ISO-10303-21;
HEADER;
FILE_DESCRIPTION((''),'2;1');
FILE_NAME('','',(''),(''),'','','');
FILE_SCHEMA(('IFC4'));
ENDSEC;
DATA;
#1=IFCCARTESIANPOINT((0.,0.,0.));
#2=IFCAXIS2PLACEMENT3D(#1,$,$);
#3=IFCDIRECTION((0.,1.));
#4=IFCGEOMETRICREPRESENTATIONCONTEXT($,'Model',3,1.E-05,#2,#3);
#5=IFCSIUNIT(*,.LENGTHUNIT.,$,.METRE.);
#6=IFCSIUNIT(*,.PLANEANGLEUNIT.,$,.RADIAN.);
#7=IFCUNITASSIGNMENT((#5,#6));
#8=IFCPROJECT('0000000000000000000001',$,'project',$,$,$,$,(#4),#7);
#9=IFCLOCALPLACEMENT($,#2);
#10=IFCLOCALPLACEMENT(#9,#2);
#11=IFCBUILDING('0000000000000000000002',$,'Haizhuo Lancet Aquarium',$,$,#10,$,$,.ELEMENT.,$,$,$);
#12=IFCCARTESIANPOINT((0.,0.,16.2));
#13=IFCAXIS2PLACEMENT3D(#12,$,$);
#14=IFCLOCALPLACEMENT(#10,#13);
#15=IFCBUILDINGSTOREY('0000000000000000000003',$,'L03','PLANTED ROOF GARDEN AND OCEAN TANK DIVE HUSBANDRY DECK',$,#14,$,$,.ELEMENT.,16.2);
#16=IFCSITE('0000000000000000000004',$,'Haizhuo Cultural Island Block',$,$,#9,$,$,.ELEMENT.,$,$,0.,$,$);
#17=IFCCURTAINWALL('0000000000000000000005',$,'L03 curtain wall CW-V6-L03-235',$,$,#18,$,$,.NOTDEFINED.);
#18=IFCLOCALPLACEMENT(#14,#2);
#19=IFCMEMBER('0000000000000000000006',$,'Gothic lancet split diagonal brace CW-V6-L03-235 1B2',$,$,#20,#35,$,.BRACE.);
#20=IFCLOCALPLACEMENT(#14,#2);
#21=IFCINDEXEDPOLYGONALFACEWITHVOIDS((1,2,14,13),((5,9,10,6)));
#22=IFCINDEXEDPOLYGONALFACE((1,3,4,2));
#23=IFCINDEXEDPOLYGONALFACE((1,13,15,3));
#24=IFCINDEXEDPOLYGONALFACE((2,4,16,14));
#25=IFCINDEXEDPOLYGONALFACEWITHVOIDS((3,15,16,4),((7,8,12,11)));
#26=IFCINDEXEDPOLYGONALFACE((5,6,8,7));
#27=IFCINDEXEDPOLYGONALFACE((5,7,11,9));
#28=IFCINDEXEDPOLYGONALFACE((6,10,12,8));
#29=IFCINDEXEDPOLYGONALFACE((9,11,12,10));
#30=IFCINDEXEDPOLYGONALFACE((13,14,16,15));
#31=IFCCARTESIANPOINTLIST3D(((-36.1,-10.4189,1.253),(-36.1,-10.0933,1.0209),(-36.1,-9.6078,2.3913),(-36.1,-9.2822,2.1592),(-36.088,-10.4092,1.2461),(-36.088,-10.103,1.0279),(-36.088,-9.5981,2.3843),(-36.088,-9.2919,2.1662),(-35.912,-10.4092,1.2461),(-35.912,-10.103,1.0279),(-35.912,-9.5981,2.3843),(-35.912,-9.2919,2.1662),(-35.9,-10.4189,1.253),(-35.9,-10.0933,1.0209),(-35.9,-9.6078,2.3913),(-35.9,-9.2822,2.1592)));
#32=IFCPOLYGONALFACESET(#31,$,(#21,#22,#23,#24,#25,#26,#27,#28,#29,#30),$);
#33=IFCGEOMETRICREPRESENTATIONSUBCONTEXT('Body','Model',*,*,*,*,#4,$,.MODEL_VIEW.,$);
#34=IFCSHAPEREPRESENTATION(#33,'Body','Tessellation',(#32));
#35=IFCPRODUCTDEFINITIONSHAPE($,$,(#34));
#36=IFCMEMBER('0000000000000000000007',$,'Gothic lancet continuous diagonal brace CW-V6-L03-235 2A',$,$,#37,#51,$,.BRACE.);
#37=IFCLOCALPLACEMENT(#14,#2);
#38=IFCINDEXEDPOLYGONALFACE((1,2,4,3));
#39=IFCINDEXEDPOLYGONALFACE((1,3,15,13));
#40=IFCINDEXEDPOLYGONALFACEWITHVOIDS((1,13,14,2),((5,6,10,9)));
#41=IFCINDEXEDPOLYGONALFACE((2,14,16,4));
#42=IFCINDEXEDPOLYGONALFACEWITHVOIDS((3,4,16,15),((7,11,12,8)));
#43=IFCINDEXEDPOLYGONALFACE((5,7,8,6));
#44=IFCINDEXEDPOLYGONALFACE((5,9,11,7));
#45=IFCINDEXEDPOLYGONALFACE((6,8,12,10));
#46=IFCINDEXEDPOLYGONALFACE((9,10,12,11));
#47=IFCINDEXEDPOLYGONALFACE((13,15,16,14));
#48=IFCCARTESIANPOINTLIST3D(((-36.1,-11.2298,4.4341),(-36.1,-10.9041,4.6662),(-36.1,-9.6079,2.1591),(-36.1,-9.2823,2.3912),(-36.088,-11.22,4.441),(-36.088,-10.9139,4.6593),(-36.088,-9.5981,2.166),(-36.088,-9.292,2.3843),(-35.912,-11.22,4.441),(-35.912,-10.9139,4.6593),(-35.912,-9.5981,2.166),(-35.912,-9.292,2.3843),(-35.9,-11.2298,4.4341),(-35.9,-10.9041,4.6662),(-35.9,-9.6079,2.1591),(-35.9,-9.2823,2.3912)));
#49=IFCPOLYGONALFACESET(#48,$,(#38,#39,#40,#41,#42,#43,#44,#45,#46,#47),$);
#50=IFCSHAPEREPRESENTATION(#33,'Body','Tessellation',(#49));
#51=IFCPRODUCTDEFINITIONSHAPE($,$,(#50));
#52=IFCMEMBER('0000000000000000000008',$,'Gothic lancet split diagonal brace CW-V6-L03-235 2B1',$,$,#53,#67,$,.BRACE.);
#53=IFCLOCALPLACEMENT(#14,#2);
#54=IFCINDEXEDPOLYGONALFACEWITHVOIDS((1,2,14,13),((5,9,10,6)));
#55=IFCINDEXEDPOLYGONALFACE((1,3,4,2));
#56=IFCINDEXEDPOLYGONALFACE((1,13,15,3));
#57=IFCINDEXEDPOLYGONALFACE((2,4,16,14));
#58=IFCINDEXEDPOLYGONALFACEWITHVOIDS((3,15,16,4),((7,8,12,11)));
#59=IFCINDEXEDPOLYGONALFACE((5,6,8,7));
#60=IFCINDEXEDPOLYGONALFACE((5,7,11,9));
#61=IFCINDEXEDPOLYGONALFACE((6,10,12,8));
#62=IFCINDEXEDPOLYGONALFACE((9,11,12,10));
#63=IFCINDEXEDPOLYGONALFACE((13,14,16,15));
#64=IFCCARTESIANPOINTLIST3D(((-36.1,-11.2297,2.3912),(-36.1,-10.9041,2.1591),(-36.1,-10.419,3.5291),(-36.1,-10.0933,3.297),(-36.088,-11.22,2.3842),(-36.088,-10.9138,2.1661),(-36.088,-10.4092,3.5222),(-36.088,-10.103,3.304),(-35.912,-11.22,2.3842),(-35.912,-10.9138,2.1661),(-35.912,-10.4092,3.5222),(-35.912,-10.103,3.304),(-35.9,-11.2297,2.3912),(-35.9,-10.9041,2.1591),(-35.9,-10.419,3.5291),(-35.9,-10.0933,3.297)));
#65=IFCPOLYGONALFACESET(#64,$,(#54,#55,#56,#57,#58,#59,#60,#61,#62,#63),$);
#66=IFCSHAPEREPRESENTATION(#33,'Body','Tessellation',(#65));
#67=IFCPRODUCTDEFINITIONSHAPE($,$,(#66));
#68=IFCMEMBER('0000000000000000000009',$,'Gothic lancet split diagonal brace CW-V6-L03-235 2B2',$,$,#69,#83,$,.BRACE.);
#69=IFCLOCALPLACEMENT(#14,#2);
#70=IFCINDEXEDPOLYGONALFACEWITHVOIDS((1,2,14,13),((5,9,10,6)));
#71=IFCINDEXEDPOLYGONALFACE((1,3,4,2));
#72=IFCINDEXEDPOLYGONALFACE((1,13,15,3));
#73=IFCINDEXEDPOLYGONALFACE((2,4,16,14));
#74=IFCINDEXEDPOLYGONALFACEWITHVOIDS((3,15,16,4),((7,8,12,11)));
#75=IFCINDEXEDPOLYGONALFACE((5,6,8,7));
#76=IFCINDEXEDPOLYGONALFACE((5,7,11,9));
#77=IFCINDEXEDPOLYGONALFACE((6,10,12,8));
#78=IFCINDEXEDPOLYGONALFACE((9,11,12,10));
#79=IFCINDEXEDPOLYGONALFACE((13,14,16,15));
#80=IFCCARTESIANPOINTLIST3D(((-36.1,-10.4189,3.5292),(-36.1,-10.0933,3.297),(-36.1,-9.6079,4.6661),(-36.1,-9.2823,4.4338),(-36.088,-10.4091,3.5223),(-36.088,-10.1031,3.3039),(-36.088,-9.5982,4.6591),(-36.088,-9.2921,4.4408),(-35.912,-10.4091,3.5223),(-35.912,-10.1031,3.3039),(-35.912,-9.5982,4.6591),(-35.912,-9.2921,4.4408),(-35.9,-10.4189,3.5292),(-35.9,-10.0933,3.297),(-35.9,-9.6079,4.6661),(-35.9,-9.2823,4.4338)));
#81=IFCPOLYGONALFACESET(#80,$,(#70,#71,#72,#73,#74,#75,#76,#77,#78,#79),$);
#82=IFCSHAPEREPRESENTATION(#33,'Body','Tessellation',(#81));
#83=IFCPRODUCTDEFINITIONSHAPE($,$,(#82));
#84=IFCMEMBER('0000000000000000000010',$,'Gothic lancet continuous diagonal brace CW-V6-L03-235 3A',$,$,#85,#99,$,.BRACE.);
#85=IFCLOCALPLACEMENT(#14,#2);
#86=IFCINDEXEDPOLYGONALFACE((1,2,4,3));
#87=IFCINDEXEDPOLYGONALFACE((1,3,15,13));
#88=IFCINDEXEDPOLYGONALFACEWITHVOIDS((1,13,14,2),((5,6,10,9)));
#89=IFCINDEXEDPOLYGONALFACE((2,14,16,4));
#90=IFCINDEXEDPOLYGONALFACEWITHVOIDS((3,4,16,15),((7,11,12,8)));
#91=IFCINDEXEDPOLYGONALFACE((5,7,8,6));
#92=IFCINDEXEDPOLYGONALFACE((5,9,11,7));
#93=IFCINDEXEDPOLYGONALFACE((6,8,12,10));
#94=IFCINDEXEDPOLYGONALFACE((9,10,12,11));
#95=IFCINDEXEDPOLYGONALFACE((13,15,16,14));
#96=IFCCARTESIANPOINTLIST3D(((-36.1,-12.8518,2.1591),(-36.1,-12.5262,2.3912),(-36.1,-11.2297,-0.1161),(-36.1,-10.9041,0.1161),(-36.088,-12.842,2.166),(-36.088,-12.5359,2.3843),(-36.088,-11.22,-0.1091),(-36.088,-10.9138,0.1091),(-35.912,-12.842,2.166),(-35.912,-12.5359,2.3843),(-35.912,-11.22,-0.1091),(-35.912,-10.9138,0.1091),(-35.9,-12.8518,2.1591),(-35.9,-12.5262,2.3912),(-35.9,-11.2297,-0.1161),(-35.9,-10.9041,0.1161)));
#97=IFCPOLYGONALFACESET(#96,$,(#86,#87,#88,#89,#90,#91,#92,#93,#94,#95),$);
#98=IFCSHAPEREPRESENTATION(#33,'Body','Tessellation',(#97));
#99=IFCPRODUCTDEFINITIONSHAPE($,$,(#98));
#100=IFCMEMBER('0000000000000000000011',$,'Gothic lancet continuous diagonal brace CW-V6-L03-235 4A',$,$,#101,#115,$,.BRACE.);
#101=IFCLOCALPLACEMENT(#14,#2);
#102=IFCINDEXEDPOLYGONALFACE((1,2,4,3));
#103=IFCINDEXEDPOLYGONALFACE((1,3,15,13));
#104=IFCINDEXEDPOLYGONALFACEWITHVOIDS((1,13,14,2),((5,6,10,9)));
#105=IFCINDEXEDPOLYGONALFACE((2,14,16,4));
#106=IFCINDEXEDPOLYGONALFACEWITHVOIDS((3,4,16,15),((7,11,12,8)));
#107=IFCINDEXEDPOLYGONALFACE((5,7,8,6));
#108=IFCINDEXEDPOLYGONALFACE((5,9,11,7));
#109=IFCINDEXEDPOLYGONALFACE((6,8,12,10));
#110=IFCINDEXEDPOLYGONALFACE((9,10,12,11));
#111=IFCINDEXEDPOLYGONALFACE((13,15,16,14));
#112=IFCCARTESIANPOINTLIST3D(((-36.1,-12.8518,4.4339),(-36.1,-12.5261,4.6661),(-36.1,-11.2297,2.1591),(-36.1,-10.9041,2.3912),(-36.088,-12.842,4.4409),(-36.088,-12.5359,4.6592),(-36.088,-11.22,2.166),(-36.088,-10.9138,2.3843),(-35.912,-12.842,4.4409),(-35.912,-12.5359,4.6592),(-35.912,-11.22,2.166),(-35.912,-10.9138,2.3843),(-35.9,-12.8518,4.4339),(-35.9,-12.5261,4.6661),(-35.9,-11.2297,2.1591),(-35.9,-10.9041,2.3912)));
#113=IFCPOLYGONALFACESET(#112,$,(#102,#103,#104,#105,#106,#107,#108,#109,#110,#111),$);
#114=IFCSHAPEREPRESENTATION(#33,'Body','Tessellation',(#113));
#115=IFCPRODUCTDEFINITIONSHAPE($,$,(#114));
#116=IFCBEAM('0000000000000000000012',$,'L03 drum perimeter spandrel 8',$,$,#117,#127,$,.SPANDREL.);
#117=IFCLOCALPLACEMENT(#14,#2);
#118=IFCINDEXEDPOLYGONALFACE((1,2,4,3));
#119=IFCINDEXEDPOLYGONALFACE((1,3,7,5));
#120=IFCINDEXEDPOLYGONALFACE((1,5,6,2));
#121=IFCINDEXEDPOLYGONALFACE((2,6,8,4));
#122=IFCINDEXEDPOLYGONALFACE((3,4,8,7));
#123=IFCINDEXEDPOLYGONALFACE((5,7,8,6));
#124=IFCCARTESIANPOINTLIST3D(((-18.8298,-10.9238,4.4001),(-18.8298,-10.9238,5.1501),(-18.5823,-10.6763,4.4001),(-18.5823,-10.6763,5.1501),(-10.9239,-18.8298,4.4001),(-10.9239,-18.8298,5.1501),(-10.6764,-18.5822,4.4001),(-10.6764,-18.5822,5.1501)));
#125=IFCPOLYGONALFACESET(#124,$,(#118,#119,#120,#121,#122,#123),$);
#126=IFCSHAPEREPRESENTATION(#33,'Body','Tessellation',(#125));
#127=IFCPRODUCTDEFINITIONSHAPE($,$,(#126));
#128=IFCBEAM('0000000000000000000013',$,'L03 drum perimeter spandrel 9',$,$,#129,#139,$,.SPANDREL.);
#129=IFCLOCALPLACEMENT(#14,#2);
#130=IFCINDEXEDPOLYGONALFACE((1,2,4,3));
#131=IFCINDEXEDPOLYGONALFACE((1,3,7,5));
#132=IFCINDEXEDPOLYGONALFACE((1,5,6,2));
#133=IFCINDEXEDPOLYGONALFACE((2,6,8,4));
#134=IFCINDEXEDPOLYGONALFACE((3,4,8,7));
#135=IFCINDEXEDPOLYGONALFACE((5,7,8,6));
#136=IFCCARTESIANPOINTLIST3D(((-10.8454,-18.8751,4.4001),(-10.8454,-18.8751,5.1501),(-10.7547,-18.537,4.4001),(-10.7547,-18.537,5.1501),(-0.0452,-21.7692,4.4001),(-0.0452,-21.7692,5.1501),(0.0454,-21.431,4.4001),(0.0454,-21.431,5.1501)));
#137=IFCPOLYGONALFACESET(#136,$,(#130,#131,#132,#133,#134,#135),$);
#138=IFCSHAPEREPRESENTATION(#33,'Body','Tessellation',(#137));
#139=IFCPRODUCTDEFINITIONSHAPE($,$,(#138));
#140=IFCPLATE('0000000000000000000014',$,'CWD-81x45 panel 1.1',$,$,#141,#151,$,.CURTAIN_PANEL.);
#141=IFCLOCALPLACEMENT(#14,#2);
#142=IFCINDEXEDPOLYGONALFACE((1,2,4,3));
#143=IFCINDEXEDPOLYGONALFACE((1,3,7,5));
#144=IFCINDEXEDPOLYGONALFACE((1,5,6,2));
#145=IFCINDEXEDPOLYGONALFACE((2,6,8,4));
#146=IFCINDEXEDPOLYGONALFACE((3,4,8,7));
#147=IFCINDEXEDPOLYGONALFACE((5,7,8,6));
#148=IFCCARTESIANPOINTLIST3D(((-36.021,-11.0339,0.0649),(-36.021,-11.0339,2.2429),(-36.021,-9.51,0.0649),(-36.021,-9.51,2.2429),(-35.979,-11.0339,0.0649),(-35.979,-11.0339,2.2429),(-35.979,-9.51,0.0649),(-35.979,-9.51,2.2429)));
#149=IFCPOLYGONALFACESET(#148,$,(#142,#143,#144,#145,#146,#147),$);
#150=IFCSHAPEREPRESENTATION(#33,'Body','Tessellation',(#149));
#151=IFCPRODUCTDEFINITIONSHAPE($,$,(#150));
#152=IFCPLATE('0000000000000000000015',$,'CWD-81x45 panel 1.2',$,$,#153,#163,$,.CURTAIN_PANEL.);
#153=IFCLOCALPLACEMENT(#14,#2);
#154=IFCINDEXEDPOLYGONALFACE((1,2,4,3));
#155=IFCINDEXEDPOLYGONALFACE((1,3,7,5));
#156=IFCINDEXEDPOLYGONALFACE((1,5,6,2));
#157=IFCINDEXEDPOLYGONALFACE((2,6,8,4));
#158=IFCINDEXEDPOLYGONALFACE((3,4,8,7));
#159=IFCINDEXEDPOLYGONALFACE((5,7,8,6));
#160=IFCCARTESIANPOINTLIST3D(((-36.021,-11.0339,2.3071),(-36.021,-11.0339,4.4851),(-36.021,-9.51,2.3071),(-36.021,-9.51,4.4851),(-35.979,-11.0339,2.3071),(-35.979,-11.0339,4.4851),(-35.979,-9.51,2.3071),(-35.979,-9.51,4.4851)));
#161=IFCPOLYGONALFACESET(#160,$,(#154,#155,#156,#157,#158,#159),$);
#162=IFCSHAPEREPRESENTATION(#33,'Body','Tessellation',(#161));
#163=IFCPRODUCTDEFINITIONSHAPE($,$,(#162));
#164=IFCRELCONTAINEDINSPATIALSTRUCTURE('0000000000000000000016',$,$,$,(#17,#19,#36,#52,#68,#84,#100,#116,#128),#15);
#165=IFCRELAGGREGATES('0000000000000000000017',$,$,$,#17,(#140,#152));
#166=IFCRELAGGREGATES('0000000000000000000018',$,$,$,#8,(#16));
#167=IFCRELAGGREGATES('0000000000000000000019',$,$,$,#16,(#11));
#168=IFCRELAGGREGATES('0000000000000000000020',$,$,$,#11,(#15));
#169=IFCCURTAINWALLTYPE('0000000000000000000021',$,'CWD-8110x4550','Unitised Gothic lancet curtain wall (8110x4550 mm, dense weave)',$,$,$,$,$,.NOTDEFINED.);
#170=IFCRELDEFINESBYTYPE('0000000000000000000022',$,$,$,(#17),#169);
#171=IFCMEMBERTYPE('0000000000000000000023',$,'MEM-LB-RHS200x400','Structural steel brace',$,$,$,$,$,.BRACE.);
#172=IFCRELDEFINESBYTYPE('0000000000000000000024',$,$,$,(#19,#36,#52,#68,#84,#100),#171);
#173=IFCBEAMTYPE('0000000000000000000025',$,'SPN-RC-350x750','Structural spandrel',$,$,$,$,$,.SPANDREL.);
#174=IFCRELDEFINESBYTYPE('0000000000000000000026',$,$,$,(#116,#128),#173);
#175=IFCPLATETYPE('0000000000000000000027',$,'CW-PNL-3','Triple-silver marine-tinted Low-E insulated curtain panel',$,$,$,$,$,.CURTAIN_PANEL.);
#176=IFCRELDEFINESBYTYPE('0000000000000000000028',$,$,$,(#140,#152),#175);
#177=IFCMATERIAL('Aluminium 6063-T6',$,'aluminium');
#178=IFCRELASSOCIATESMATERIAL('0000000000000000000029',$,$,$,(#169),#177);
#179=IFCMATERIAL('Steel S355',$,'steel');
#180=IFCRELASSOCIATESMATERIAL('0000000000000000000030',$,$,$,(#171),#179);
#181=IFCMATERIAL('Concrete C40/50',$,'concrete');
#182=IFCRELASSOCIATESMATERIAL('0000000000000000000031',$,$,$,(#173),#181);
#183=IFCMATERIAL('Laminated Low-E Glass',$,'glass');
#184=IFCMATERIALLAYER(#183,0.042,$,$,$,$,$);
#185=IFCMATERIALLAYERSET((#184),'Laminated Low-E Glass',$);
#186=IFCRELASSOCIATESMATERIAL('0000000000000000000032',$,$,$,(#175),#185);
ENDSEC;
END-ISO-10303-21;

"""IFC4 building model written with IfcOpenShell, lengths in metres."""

from ifc_helpers import new_model, si_unit, direction, frame, origin, origin_2d, place, context, subcontext, project, spatial, rectangle, hollow_rectangle, extrude, material, layer, layer_set, material_profile, profile_set, type_object, element, aggregate, save


model = new_model("IFC4")

# Units and contexts
model_context = context("Model", 3, precision=1e-05, world=origin(), true_north=direction((0.0, 1.0)))
body_context = subcontext(model_context, "Body", "Model", "MODEL_VIEW")
ifc_project = project(units=[si_unit("LENGTHUNIT", "METRE"), si_unit("PLANEANGLEUNIT", "RADIAN")], contexts=[model_context])

# Site, building, storey
site_placement = place(None, origin())
site = spatial("IfcSite", under=ifc_project, at=site_placement, Name="Haizhuo Cultural Island Block", CompositionType="ELEMENT", RefElevation=0.0)
building_placement = place(site_placement, origin())
building = spatial("IfcBuilding", under=site, at=building_placement, Name="Haizhuo Lancet Aquarium", CompositionType="ELEMENT")
storey_placement = place(building_placement, frame((0.0, 0.0, 16.2)))
storey = spatial("IfcBuildingStorey", under=building, at=storey_placement, Name="L03", Description="PLANTED ROOF GARDEN AND OCEAN TANK DIVE HUSBANDRY DECK", CompositionType="ELEMENT", Elevation=16.2)

# Curtain wall
ifc_material_1 = material(Name="Aluminium 6063-T6", Category="aluminium")
curtain_wall_type = type_object("IfcCurtainWallType", Name="CWD-8110x4550", Description="Unitised Gothic lancet curtain wall (8110x4550 mm, dense weave)", PredefinedType="NOTDEFINED", material=ifc_material_1)
curtain_wall_placement = place(storey_placement, origin())
curtain_wall = element("IfcCurtainWall", 1, at=curtain_wall_placement, inside=storey, type_object=curtain_wall_type, Name="L03 curtain wall CW-V6-L03-235", PredefinedType="NOTDEFINED")

# Members
ifc_material_2 = material(Name="Steel S355", Category="steel")
ifc_material_profile_1 = material_profile(ifc_material_2, hollow_rectangle(XDim=0.2, YDim=0.3999, WallThickness=0.012, at=origin_2d()), Name="RHS 200x400x12")
ifc_profile_set_1 = profile_set([ifc_material_profile_1], Name="Steel S355")
member_type_1 = type_object("IfcMemberType", Name="MEM-LB-RHS200x400", Description="Structural steel brace", PredefinedType="BRACE", material=ifc_profile_set_1)
member_1_placement = place(storey_placement, frame((-36.0, -10.2561, 1.137), z_axis=(0.0, 0.580312, 0.814394), x_axis=(-1.0, 0.0, 0.0)))
element("IfcMember", 2, at=member_1_placement, inside=storey, type_object=member_type_1, Name="Gothic lancet split diagonal brace CW-V6-L03-235 1B2", PredefinedType="BRACE", context=body_context, shape_type="SweptSolid", body=[
    extrude(hollow_rectangle(XDim=0.2, YDim=0.3999, WallThickness=0.012, at=origin_2d()), origin(), (0.0, 0.0, 1.0), 1.3977),
])
member_2_placement = place(storey_placement, frame((-36.0, -9.4451, 2.2751), z_axis=(0.0, -0.580502, 0.814259), x_axis=(1.0, 0.0, 0.0)))
element("IfcMember", 3, at=member_2_placement, inside=storey, type_object=member_type_1, Name="Gothic lancet continuous diagonal brace CW-V6-L03-235 2A", PredefinedType="BRACE", context=body_context, shape_type="SweptSolid", body=[
    extrude(hollow_rectangle(XDim=0.2, YDim=0.3999, WallThickness=0.012, at=origin_2d()), origin(), (0.0, 0.0, 1.0), 2.7939),
])
member_3_placement = place(storey_placement, frame((-36.0, -11.0669, 2.2751), z_axis=(0.0, 0.580279, 0.814418), x_axis=(-1.0, 0.0, 0.0)))
element("IfcMember", 4, at=member_3_placement, inside=storey, type_object=member_type_1, Name="Gothic lancet split diagonal brace CW-V6-L03-235 2B1", PredefinedType="BRACE", context=body_context, shape_type="SweptSolid", body=[
    extrude(hollow_rectangle(XDim=0.2, YDim=0.3999, WallThickness=0.012, at=origin_2d()), origin(), (0.0, 0.0, 1.0), 1.3972),
])
member_4_placement = place(storey_placement, frame((-36.0, -10.2561, 3.4131), z_axis=(0.0, 0.580725, 0.814099), x_axis=(-1.0, 0.0, 0.0)))
element("IfcMember", 5, at=member_4_placement, inside=storey, type_object=member_type_1, Name="Gothic lancet split diagonal brace CW-V6-L03-235 2B2", PredefinedType="BRACE", context=body_context, shape_type="SweptSolid", body=[
    extrude(hollow_rectangle(XDim=0.2, YDim=0.3999, WallThickness=0.012, at=origin_2d()), origin(), (0.0, 0.0, 1.0), 1.3965),
])
member_5_placement = place(storey_placement, frame((-36.0, -11.0669, 0.0), z_axis=(0.0, -0.580519, 0.814247), x_axis=(1.0, 0.0, 0.0)))
element("IfcMember", 6, at=member_5_placement, inside=storey, type_object=member_type_1, Name="Gothic lancet continuous diagonal brace CW-V6-L03-235 3A", PredefinedType="BRACE", context=body_context, shape_type="SweptSolid", body=[
    extrude(hollow_rectangle(XDim=0.2, YDim=0.3999, WallThickness=0.012, at=origin_2d()), origin(), (0.0, 0.0, 1.0), 2.7942),
])
member_6_placement = place(storey_placement, frame((-36.0, -11.0669, 2.2751), z_axis=(0.0, -0.58056, 0.814217), x_axis=(1.0, 0.0, 0.0)))
element("IfcMember", 7, at=member_6_placement, inside=storey, type_object=member_type_1, Name="Gothic lancet continuous diagonal brace CW-V6-L03-235 4A", PredefinedType="BRACE", context=body_context, shape_type="SweptSolid", body=[
    extrude(hollow_rectangle(XDim=0.2, YDim=0.3999, WallThickness=0.012, at=origin_2d()), origin(), (0.0, 0.0, 1.0), 2.7939),
])

# Beams
ifc_material_3 = material(Name="Concrete C40/50", Category="concrete")
ifc_material_profile_2 = material_profile(ifc_material_3, rectangle(XDim=0.3501, YDim=0.75, at=origin_2d()), Name="RC-SP 350x750")
ifc_profile_set_2 = profile_set([ifc_material_profile_2], Name="Concrete C40/50")
beam_type = type_object("IfcBeamType", Name="SPN-RC-350x750", Description="Structural spandrel", PredefinedType="SPANDREL", material=ifc_profile_set_2)
beam_1_placement = place(storey_placement, frame((-18.7061, -10.8, 4.7751), z_axis=(0.707107, -0.707107, 0.0), x_axis=(0.707107, 0.707107, 0.0)))
element("IfcBeam", 8, at=beam_1_placement, inside=storey, type_object=beam_type, Name="L03 drum perimeter spandrel 8", PredefinedType="SPANDREL", context=body_context, shape_type="SweptSolid", body=[
    extrude(rectangle(XDim=0.3501, YDim=0.75, at=origin_2d()), origin(), (0.0, 0.0, 1.0), 11.1807),
])
beam_2_placement = place(storey_placement, frame((-10.8, -18.7061, 4.7751), z_axis=(0.965922, -0.258834, 0.0), x_axis=(0.258834, 0.965922, 0.0)))
element("IfcBeam", 9, at=beam_2_placement, inside=storey, type_object=beam_type, Name="L03 drum perimeter spandrel 9", PredefinedType="SPANDREL", context=body_context, shape_type="SweptSolid", body=[
    extrude(rectangle(XDim=0.3501, YDim=0.75, at=origin_2d()), origin(), (0.0, 0.0, 1.0), 11.1812),
])

# Plates
ifc_material_4 = material(Name="Laminated Low-E Glass", Category="glass")
ifc_layer_1 = layer(ifc_material_4, 0.042)
ifc_layer_set_1 = layer_set([ifc_layer_1], Name="Laminated Low-E Glass")
plate_type = type_object("IfcPlateType", Name="CW-PNL-3", Description="Triple-silver marine-tinted Low-E insulated curtain panel", PredefinedType="CURTAIN_PANEL", material=ifc_layer_set_1)
plate_1_placement = place(storey_placement, frame((-36.0, -10.272, 0.0649), z_axis=(0.0, 0.0, 1.0), x_axis=(0.0, -1.0, 0.0)))
plate_1 = element("IfcPlate", 10, at=plate_1_placement, type_object=plate_type, Name="CWD-81x45 panel 1.1", PredefinedType="CURTAIN_PANEL", context=body_context, shape_type="SweptSolid", body=[
    extrude(rectangle(XDim=1.5239, YDim=0.042, at=origin_2d()), origin(), (0.0, 0.0, 1.0), 2.178),
])
plate_2_placement = place(storey_placement, frame((-36.0, -10.272, 2.3071), z_axis=(0.0, 0.0, 1.0), x_axis=(0.0, -1.0, 0.0)))
plate_2 = element("IfcPlate", 11, at=plate_2_placement, type_object=plate_type, Name="CWD-81x45 panel 1.2", PredefinedType="CURTAIN_PANEL", context=body_context, shape_type="SweptSolid", body=[
    extrude(rectangle(XDim=1.5239, YDim=0.042, at=origin_2d()), origin(), (0.0, 0.0, 1.0), 2.178),
])
aggregate(curtain_wall, [plate_1, plate_2])

save(model, "model.ifc")
